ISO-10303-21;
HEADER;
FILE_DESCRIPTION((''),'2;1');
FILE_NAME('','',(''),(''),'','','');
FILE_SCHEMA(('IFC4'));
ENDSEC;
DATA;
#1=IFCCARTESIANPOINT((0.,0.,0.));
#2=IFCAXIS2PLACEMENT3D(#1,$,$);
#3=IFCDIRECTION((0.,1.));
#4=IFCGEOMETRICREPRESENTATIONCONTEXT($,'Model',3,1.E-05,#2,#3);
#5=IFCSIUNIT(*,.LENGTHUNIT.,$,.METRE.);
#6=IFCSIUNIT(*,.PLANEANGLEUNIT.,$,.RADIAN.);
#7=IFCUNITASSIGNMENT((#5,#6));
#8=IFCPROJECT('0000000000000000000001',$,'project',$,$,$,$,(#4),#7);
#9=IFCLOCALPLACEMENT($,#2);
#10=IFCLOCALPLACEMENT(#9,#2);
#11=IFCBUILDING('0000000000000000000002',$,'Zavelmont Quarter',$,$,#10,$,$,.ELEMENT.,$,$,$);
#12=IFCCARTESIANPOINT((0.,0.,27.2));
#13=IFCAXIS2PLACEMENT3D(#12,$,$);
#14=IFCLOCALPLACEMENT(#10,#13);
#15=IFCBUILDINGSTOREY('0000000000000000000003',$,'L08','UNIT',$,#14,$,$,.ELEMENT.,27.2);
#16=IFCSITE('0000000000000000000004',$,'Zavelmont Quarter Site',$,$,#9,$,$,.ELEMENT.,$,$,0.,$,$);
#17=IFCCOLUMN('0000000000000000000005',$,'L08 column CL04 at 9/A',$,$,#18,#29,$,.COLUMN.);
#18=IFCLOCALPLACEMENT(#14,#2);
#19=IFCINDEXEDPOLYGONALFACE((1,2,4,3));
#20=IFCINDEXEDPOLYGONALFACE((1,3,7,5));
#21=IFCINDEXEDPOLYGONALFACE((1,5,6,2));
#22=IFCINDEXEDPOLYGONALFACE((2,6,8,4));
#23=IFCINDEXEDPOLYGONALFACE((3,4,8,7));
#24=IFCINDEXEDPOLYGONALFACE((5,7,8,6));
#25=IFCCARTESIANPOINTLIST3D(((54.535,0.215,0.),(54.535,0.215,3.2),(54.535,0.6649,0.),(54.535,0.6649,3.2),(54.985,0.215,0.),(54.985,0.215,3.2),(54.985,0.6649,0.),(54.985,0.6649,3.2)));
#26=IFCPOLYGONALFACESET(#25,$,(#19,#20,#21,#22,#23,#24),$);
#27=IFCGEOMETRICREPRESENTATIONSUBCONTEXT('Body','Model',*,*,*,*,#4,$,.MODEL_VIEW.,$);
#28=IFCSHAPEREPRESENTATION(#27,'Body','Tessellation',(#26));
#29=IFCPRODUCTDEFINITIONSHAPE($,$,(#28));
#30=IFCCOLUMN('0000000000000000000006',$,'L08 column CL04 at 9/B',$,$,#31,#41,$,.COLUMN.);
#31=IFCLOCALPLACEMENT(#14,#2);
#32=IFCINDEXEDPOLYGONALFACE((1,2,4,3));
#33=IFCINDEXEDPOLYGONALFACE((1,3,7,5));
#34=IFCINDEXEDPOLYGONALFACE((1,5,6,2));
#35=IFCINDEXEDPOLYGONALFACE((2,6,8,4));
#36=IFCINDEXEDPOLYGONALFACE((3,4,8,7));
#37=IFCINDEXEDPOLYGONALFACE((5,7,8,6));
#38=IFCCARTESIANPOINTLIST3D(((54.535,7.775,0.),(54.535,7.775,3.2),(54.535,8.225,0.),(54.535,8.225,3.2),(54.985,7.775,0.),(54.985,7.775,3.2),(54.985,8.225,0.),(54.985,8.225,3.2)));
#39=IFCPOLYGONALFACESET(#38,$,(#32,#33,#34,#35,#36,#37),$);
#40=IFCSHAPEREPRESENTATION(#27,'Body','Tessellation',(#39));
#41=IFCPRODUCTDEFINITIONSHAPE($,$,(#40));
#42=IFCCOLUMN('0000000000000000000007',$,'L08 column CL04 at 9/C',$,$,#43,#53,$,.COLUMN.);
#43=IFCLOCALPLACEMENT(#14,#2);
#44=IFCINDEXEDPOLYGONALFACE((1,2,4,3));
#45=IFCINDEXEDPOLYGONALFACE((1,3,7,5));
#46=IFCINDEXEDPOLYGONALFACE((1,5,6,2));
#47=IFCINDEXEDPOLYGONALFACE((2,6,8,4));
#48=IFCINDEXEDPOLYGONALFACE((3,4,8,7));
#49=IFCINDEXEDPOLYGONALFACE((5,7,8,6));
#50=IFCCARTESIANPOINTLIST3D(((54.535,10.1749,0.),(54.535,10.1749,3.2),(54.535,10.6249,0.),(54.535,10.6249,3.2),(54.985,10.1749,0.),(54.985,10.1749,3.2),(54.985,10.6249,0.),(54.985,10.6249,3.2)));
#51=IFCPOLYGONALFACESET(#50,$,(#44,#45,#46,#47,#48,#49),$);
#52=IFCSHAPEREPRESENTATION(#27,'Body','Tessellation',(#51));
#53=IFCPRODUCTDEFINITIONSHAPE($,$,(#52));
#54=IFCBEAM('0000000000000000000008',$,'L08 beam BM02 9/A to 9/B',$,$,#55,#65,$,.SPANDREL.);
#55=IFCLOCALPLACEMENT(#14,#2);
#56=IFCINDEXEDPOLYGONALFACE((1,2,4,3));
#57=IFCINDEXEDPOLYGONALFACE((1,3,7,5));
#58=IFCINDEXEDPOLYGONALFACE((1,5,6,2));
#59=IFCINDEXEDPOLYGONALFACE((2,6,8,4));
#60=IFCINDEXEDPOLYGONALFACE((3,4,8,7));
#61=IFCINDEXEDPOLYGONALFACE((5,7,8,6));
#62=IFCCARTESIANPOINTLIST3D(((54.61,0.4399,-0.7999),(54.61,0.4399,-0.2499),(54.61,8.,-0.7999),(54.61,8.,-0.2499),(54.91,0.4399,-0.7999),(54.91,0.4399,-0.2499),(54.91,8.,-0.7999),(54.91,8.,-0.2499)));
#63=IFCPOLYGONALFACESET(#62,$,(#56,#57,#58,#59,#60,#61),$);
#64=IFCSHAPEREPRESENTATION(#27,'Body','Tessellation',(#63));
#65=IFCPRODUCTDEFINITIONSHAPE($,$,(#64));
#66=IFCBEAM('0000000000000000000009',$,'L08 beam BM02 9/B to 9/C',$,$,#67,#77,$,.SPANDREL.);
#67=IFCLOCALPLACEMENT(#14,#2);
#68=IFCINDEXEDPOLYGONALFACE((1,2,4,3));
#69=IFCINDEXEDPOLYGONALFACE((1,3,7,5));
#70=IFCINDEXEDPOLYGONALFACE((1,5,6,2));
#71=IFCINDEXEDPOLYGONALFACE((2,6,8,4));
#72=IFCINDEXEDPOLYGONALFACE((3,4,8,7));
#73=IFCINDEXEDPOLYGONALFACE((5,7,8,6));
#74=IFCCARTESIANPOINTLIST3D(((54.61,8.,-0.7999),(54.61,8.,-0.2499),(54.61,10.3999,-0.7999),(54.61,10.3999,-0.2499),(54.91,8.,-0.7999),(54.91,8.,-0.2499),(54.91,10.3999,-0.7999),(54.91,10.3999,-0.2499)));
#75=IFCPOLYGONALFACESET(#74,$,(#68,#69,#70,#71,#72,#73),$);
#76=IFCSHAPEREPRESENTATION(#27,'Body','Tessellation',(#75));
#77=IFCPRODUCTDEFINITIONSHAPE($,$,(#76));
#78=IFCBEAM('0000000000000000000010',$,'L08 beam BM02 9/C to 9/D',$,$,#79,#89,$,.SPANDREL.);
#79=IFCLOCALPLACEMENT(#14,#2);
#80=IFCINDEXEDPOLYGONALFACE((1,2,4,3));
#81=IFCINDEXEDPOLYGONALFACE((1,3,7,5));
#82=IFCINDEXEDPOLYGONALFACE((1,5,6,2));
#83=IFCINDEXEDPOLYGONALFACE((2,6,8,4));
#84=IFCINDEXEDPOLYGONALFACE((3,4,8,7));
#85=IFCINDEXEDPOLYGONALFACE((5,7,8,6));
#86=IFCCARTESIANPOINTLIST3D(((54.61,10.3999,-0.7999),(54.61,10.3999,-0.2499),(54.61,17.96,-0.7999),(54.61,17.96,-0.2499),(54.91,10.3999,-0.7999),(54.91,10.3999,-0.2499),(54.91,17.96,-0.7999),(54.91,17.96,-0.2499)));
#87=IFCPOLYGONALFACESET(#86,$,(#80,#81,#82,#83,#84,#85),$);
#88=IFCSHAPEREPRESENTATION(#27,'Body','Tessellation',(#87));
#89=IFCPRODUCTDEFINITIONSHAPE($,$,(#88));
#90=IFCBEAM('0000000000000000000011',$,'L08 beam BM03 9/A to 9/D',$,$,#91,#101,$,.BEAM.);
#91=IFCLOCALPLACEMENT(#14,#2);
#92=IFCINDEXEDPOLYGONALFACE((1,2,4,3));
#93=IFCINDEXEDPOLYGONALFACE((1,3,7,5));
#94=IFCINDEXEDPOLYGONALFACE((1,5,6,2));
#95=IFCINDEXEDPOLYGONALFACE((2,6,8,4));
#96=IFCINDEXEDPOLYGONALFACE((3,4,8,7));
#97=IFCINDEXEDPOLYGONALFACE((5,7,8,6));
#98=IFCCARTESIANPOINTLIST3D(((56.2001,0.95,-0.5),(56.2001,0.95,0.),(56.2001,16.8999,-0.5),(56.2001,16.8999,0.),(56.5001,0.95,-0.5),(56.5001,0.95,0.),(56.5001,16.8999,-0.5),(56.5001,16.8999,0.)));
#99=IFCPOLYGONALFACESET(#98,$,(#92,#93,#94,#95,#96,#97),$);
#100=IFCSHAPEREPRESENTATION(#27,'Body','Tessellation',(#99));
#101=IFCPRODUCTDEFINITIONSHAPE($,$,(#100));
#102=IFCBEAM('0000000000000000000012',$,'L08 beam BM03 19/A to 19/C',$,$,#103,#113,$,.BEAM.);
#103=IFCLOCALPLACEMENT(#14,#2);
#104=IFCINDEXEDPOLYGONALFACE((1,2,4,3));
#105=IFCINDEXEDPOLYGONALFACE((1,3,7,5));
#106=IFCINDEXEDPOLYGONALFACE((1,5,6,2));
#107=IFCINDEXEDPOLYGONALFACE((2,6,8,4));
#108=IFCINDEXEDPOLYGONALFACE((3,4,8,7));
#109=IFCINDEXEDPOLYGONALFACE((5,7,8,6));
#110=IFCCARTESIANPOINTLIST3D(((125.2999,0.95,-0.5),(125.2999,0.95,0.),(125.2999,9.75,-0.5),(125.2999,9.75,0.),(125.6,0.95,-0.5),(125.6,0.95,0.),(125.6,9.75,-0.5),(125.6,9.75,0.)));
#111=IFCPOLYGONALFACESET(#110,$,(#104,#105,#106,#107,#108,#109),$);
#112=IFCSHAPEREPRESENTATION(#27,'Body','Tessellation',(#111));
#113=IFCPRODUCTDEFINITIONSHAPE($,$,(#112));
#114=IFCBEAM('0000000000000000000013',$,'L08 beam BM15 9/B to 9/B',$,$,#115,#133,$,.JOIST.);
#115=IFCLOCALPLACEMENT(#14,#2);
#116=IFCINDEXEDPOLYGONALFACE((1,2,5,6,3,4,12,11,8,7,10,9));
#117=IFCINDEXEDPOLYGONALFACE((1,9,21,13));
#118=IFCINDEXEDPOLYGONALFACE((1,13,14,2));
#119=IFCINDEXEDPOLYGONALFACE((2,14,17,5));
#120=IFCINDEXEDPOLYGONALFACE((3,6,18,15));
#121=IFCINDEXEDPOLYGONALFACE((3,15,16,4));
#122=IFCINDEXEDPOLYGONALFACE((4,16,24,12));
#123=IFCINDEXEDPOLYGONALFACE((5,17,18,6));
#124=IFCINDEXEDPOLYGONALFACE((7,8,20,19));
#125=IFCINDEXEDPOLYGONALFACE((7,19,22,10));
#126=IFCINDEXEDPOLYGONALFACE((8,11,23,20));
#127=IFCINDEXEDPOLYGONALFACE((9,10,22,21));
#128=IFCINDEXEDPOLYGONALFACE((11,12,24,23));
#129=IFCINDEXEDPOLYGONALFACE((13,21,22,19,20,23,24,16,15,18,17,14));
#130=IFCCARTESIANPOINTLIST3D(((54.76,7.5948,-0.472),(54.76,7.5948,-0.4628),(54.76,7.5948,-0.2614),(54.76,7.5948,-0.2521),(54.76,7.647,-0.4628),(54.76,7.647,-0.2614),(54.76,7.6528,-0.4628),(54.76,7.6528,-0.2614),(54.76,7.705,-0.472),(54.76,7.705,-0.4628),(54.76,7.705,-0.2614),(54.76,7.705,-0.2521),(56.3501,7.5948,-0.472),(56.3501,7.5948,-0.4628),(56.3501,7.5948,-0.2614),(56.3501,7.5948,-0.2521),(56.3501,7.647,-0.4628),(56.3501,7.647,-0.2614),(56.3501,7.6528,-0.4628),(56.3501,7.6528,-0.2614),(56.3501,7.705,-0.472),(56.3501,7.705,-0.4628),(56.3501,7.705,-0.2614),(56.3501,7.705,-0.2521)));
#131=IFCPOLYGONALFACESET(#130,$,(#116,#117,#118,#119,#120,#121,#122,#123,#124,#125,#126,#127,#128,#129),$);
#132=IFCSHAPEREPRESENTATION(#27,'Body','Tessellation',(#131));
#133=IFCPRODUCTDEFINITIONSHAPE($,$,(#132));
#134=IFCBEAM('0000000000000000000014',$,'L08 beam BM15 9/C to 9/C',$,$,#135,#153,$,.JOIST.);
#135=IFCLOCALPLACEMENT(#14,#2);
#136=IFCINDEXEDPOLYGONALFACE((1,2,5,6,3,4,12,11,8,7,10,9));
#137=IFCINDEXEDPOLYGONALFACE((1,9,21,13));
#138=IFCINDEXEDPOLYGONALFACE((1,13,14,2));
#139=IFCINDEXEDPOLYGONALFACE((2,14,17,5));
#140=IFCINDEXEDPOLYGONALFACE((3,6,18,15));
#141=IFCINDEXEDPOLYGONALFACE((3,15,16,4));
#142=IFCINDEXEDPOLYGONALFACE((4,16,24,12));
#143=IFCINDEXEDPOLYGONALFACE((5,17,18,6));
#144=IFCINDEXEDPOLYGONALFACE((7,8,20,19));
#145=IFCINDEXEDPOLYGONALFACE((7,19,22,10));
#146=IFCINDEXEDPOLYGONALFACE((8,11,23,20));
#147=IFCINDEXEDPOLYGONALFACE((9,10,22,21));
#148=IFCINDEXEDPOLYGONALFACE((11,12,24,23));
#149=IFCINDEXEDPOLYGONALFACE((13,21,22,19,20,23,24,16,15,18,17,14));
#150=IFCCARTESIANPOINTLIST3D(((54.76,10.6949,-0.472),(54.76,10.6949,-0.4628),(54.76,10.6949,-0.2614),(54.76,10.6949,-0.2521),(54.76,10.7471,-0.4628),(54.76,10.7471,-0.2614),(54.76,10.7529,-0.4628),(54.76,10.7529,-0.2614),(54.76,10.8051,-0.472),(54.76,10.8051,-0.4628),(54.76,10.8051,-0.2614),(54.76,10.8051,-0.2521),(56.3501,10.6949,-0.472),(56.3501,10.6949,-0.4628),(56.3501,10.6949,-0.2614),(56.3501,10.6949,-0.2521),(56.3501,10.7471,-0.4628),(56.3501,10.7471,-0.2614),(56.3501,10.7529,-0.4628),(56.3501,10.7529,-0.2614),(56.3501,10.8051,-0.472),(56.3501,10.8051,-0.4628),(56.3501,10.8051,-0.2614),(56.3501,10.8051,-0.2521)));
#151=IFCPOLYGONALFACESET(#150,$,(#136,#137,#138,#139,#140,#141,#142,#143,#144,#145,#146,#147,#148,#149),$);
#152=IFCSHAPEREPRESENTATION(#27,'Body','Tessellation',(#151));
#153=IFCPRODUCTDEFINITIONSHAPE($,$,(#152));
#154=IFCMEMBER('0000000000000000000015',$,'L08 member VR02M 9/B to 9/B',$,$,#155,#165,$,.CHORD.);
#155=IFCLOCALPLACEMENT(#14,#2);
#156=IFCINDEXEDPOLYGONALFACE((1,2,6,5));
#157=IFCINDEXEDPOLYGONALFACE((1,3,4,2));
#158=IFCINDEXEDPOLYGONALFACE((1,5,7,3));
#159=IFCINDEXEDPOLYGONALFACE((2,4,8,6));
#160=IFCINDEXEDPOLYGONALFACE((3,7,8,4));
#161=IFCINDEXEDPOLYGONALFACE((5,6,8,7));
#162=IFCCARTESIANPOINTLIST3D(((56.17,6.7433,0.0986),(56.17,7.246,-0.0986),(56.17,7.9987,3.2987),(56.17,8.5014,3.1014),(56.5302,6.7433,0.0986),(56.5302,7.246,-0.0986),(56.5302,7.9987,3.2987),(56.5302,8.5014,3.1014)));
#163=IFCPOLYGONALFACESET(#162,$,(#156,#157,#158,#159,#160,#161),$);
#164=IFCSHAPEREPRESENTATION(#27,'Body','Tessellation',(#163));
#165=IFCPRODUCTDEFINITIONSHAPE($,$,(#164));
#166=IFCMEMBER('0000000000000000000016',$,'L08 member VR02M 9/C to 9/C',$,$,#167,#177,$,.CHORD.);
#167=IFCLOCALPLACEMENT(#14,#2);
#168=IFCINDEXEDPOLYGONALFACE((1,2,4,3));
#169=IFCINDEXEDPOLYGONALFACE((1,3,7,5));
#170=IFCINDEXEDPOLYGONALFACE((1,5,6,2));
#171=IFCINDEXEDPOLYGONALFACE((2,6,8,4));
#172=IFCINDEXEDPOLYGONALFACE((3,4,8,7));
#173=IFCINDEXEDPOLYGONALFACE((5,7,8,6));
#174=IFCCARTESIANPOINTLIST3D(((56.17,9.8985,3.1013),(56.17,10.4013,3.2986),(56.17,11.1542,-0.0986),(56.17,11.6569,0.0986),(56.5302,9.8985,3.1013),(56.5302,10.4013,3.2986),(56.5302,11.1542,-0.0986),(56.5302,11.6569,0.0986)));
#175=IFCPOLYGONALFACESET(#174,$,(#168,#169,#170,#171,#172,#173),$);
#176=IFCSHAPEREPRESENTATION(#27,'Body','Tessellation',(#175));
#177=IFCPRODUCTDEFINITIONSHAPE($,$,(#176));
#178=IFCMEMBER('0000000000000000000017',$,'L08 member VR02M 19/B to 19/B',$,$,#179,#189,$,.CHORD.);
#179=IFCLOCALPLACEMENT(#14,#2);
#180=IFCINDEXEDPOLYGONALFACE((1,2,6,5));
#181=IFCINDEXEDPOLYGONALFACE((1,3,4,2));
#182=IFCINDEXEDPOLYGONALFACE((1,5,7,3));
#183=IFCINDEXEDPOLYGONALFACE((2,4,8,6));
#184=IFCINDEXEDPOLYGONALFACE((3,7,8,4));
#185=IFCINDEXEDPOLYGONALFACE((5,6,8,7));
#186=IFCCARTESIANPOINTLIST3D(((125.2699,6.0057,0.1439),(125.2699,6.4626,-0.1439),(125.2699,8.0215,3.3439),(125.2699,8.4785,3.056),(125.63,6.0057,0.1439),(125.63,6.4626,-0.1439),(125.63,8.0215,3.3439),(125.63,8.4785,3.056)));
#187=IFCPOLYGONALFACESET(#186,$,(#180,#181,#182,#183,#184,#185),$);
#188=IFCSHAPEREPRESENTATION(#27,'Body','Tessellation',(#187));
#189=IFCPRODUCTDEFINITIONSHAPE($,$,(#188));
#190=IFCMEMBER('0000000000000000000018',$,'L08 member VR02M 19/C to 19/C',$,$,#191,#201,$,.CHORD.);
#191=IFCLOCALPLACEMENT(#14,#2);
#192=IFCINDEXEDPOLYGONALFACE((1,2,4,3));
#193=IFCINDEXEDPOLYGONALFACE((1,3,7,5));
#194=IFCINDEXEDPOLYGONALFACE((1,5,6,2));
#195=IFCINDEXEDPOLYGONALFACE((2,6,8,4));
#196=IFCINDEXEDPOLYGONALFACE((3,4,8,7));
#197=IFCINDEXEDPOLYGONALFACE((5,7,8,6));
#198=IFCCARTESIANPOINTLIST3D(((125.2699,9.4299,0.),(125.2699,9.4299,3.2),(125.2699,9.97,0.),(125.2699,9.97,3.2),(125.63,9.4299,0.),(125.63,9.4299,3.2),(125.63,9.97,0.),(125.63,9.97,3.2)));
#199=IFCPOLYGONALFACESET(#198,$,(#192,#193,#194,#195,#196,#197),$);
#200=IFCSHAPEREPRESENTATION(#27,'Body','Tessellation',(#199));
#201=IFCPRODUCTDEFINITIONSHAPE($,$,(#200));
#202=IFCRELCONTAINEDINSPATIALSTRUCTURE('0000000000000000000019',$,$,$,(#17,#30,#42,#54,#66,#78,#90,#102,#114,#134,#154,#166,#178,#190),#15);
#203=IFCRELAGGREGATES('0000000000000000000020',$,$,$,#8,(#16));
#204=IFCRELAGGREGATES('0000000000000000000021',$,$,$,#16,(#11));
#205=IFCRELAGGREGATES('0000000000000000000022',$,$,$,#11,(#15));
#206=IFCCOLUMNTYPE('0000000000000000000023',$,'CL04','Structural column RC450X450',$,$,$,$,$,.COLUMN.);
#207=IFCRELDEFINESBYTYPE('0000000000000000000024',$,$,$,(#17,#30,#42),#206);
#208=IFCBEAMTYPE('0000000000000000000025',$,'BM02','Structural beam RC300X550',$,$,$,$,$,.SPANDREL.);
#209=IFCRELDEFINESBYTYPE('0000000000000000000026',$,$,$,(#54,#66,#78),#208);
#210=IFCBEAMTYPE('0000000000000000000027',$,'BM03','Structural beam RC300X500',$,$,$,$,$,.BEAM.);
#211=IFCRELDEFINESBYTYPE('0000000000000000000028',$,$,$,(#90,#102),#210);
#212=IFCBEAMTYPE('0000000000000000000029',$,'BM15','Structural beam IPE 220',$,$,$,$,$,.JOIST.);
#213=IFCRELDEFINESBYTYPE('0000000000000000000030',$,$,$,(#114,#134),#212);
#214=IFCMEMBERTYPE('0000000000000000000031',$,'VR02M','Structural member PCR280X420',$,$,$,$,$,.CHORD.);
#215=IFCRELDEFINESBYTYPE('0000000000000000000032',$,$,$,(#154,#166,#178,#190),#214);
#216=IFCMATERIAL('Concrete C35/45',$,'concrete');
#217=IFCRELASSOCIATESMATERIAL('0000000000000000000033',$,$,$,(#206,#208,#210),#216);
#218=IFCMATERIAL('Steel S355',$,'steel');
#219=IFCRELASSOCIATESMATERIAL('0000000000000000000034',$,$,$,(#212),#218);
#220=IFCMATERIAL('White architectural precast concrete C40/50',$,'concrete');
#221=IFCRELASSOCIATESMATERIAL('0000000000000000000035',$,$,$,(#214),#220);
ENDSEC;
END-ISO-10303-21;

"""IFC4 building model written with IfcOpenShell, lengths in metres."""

from ifc_helpers import new_model, si_unit, direction, frame, origin, origin_2d, place, context, subcontext, project, spatial, rectangle, i_section, extrude, material, material_profile, profile_set, type_object, element, save


model = new_model("IFC4")

# Units and contexts
model_context = context("Model", 3, precision=1e-05, world=origin(), true_north=direction((0.0, 1.0)))
body_context = subcontext(model_context, "Body", "Model", "MODEL_VIEW")
ifc_project = project(units=[si_unit("LENGTHUNIT", "METRE"), si_unit("PLANEANGLEUNIT", "RADIAN")], contexts=[model_context])

# Site, building, storey
site_placement = place(None, origin())
site = spatial("IfcSite", under=ifc_project, at=site_placement, Name="Zavelmont Quarter Site", CompositionType="ELEMENT", RefElevation=0.0)
building_placement = place(site_placement, origin())
building = spatial("IfcBuilding", under=site, at=building_placement, Name="Zavelmont Quarter", CompositionType="ELEMENT")
storey_placement = place(building_placement, frame((0.0, 0.0, 27.2)))
storey = spatial("IfcBuildingStorey", under=building, at=storey_placement, Name="L08", Description="UNIT", CompositionType="ELEMENT", Elevation=27.2)

# Columns
ifc_material_1 = material(Name="Concrete C35/45", Category="concrete")
ifc_material_profile_1 = material_profile(ifc_material_1, rectangle(XDim=0.45, YDim=0.45, at=origin_2d()), Name="RC450X450")
ifc_profile_set_1 = profile_set([ifc_material_profile_1], Name="Concrete C35/45")
column_type = type_object("IfcColumnType", Name="CL04", Description="Structural column RC450X450", PredefinedType="COLUMN", material=ifc_profile_set_1)
for number, where, z_axis, x_axis, name in (
    (1, (54.76, 0.4399, 0.0), (0.0, 0.0, 1.0), (1.0, 0.0, 0.0), "L08 column CL04 at 9/A"),
    (2, (54.76, 8.0, 0.0), (0.0, 0.0, 1.0), (1.0, 0.0, 0.0), "L08 column CL04 at 9/B"),
    (3, (54.76, 10.3999, 0.0), (0.0, 0.0, 1.0), (1.0, 0.0, 0.0), "L08 column CL04 at 9/C"),
):
    element("IfcColumn", number, at=place(storey_placement, frame(where, z_axis=z_axis, x_axis=x_axis)), inside=storey, type_object=column_type, Name=name, PredefinedType="COLUMN", context=body_context, shape_type="SweptSolid", body=[
        extrude(rectangle(XDim=0.45, YDim=0.45, at=origin_2d()), origin(), (0.0, 0.0, 1.0), 3.2),
    ])

# Beams
ifc_material_profile_2 = material_profile(ifc_material_1, rectangle(XDim=0.3, YDim=0.55, at=origin_2d()), Name="RC300X550")
ifc_profile_set_2 = profile_set([ifc_material_profile_2], Name="Concrete C35/45")
beam_type_1 = type_object("IfcBeamType", Name="BM02", Description="Structural beam RC300X550", PredefinedType="SPANDREL", material=ifc_profile_set_2)
beam_1_placement = place(storey_placement, frame((54.76, 0.4399, -0.5249), z_axis=(0.0, 1.0, 0.0), x_axis=(-1.0, 0.0, 0.0)))
element("IfcBeam", 4, at=beam_1_placement, inside=storey, type_object=beam_type_1, Name="L08 beam BM02 9/A to 9/B", PredefinedType="SPANDREL", context=body_context, shape_type="SweptSolid", body=[
    extrude(rectangle(XDim=0.3, YDim=0.55, at=origin_2d()), origin(), (0.0, 0.0, 1.0), 7.5601),
])
beam_2_placement = place(storey_placement, frame((54.76, 8.0, -0.5249), z_axis=(0.0, 1.0, 0.0), x_axis=(-1.0, 0.0, 0.0)))
element("IfcBeam", 5, at=beam_2_placement, inside=storey, type_object=beam_type_1, Name="L08 beam BM02 9/B to 9/C", PredefinedType="SPANDREL", context=body_context, shape_type="SweptSolid", body=[
    extrude(rectangle(XDim=0.3, YDim=0.55, at=origin_2d()), origin(), (0.0, 0.0, 1.0), 2.3999),
])
beam_3_placement = place(storey_placement, frame((54.76, 10.3999, -0.5249), z_axis=(0.0, 1.0, 0.0), x_axis=(-1.0, 0.0, 0.0)))
element("IfcBeam", 6, at=beam_3_placement, inside=storey, type_object=beam_type_1, Name="L08 beam BM02 9/C to 9/D", PredefinedType="SPANDREL", context=body_context, shape_type="SweptSolid", body=[
    extrude(rectangle(XDim=0.3, YDim=0.55, at=origin_2d()), origin(), (0.0, 0.0, 1.0), 7.5601),
])
ifc_material_profile_3 = material_profile(ifc_material_1, rectangle(XDim=0.3, YDim=0.5, at=origin_2d()), Name="RC300X500")
ifc_profile_set_3 = profile_set([ifc_material_profile_3], Name="Concrete C35/45")
beam_type_2 = type_object("IfcBeamType", Name="BM03", Description="Structural beam RC300X500", PredefinedType="BEAM", material=ifc_profile_set_3)
beam_4_placement = place(storey_placement, frame((56.3501, 0.95, -0.25), z_axis=(0.0, 1.0, 0.0), x_axis=(-1.0, 0.0, 0.0)))
element("IfcBeam", 7, at=beam_4_placement, inside=storey, type_object=beam_type_2, Name="L08 beam BM03 9/A to 9/D", PredefinedType="BEAM", context=body_context, shape_type="SweptSolid", body=[
    extrude(rectangle(XDim=0.3, YDim=0.5, at=origin_2d()), origin(), (0.0, 0.0, 1.0), 15.95),
])
beam_5_placement = place(storey_placement, frame((125.45, 0.95, -0.25), z_axis=(0.0, 1.0, 0.0), x_axis=(-1.0, 0.0, 0.0)))
element("IfcBeam", 8, at=beam_5_placement, inside=storey, type_object=beam_type_2, Name="L08 beam BM03 19/A to 19/C", PredefinedType="BEAM", context=body_context, shape_type="SweptSolid", body=[
    extrude(rectangle(XDim=0.3, YDim=0.5, at=origin_2d()), origin(), (0.0, 0.0, 1.0), 8.8),
])
ifc_material_2 = material(Name="Steel S355", Category="steel")
ifc_material_profile_4 = material_profile(ifc_material_2, i_section(OverallWidth=0.1101, OverallDepth=0.22, WebThickness=0.0059, FlangeThickness=0.0093, at=origin_2d()), Name="IPE 220")
ifc_profile_set_4 = profile_set([ifc_material_profile_4], Name="Steel S355")
beam_type_3 = type_object("IfcBeamType", Name="BM15", Description="Structural beam IPE 220", PredefinedType="JOIST", material=ifc_profile_set_4)
for number, where, z_axis, x_axis, name in (
    (9, (54.76, 7.6499, -0.3621), (1.0, 0.0, 0.0), (0.0, 1.0, 0.0), "L08 beam BM15 9/B to 9/B"),
    (10, (54.76, 10.75, -0.3621), (1.0, 0.0, 0.0), (0.0, 1.0, 0.0), "L08 beam BM15 9/C to 9/C"),
):
    element("IfcBeam", number, at=place(storey_placement, frame(where, z_axis=z_axis, x_axis=x_axis)), inside=storey, type_object=beam_type_3, Name=name, PredefinedType="JOIST", context=body_context, shape_type="SweptSolid", body=[
        extrude(i_section(OverallWidth=0.1101, OverallDepth=0.22, WebThickness=0.0059, FlangeThickness=0.0093, at=origin_2d()), origin(), (0.0, 0.0, 1.0), 1.5901),
    ])

# Members
ifc_material_3 = material(Name="White architectural precast concrete C40/50", Category="concrete")
ifc_material_profile_5 = material_profile(ifc_material_3, rectangle(XDim=0.3601, YDim=0.54, at=origin_2d()), Name="PCR280X420")
ifc_profile_set_5 = profile_set([ifc_material_profile_5], Name="White architectural precast concrete C40/50")
member_type = type_object("IfcMemberType", Name="VR02M", Description="Structural member PCR280X420", PredefinedType="CHORD", material=ifc_profile_set_5)
for number, where, z_axis, x_axis, name in (
    (11, (56.3501, 6.9946, 0.0), (0.0, 0.365211, 0.930925), (-1.0, 0.0, 0.0), "L08 member VR02M 9/B to 9/B"),
    (12, (56.3501, 11.4055, 0.0), (0.0, -0.365272, 0.930901), (1.0, 0.0, 0.0), "L08 member VR02M 9/C to 9/C"),
):
    element("IfcMember", number, at=place(storey_placement, frame(where, z_axis=z_axis, x_axis=x_axis)), inside=storey, type_object=member_type, Name=name, PredefinedType="CHORD", context=body_context, shape_type="SweptSolid", body=[
        extrude(rectangle(XDim=0.3601, YDim=0.54, at=origin_2d()), origin(), (0.0, 0.0, 1.0), 3.4375),
    ])
member_1_placement = place(storey_placement, frame((125.45, 6.2341, 0.0), z_axis=(0.0, 0.533019, 0.846103), x_axis=(-1.0, 0.0, 0.0)))
element("IfcMember", 13, at=member_1_placement, inside=storey, type_object=member_type, Name="L08 member VR02M 19/B to 19/B", PredefinedType="CHORD", context=body_context, shape_type="SweptSolid", body=[
    extrude(rectangle(XDim=0.3601, YDim=0.54, at=origin_2d()), origin(), (0.0, 0.0, 1.0), 3.782),
])
member_2_placement = place(storey_placement, frame((125.45, 9.7, 0.0), z_axis=(0.0, 0.0, 1.0), x_axis=(1.0, 0.0, 0.0)))
element("IfcMember", 14, at=member_2_placement, inside=storey, type_object=member_type, Name="L08 member VR02M 19/C to 19/C", PredefinedType="CHORD", context=body_context, shape_type="SweptSolid", body=[
    extrude(rectangle(XDim=0.3601, YDim=0.54, at=origin_2d()), origin(), (0.0, 0.0, 1.0), 3.2),
])

save(model, "model.ifc")
